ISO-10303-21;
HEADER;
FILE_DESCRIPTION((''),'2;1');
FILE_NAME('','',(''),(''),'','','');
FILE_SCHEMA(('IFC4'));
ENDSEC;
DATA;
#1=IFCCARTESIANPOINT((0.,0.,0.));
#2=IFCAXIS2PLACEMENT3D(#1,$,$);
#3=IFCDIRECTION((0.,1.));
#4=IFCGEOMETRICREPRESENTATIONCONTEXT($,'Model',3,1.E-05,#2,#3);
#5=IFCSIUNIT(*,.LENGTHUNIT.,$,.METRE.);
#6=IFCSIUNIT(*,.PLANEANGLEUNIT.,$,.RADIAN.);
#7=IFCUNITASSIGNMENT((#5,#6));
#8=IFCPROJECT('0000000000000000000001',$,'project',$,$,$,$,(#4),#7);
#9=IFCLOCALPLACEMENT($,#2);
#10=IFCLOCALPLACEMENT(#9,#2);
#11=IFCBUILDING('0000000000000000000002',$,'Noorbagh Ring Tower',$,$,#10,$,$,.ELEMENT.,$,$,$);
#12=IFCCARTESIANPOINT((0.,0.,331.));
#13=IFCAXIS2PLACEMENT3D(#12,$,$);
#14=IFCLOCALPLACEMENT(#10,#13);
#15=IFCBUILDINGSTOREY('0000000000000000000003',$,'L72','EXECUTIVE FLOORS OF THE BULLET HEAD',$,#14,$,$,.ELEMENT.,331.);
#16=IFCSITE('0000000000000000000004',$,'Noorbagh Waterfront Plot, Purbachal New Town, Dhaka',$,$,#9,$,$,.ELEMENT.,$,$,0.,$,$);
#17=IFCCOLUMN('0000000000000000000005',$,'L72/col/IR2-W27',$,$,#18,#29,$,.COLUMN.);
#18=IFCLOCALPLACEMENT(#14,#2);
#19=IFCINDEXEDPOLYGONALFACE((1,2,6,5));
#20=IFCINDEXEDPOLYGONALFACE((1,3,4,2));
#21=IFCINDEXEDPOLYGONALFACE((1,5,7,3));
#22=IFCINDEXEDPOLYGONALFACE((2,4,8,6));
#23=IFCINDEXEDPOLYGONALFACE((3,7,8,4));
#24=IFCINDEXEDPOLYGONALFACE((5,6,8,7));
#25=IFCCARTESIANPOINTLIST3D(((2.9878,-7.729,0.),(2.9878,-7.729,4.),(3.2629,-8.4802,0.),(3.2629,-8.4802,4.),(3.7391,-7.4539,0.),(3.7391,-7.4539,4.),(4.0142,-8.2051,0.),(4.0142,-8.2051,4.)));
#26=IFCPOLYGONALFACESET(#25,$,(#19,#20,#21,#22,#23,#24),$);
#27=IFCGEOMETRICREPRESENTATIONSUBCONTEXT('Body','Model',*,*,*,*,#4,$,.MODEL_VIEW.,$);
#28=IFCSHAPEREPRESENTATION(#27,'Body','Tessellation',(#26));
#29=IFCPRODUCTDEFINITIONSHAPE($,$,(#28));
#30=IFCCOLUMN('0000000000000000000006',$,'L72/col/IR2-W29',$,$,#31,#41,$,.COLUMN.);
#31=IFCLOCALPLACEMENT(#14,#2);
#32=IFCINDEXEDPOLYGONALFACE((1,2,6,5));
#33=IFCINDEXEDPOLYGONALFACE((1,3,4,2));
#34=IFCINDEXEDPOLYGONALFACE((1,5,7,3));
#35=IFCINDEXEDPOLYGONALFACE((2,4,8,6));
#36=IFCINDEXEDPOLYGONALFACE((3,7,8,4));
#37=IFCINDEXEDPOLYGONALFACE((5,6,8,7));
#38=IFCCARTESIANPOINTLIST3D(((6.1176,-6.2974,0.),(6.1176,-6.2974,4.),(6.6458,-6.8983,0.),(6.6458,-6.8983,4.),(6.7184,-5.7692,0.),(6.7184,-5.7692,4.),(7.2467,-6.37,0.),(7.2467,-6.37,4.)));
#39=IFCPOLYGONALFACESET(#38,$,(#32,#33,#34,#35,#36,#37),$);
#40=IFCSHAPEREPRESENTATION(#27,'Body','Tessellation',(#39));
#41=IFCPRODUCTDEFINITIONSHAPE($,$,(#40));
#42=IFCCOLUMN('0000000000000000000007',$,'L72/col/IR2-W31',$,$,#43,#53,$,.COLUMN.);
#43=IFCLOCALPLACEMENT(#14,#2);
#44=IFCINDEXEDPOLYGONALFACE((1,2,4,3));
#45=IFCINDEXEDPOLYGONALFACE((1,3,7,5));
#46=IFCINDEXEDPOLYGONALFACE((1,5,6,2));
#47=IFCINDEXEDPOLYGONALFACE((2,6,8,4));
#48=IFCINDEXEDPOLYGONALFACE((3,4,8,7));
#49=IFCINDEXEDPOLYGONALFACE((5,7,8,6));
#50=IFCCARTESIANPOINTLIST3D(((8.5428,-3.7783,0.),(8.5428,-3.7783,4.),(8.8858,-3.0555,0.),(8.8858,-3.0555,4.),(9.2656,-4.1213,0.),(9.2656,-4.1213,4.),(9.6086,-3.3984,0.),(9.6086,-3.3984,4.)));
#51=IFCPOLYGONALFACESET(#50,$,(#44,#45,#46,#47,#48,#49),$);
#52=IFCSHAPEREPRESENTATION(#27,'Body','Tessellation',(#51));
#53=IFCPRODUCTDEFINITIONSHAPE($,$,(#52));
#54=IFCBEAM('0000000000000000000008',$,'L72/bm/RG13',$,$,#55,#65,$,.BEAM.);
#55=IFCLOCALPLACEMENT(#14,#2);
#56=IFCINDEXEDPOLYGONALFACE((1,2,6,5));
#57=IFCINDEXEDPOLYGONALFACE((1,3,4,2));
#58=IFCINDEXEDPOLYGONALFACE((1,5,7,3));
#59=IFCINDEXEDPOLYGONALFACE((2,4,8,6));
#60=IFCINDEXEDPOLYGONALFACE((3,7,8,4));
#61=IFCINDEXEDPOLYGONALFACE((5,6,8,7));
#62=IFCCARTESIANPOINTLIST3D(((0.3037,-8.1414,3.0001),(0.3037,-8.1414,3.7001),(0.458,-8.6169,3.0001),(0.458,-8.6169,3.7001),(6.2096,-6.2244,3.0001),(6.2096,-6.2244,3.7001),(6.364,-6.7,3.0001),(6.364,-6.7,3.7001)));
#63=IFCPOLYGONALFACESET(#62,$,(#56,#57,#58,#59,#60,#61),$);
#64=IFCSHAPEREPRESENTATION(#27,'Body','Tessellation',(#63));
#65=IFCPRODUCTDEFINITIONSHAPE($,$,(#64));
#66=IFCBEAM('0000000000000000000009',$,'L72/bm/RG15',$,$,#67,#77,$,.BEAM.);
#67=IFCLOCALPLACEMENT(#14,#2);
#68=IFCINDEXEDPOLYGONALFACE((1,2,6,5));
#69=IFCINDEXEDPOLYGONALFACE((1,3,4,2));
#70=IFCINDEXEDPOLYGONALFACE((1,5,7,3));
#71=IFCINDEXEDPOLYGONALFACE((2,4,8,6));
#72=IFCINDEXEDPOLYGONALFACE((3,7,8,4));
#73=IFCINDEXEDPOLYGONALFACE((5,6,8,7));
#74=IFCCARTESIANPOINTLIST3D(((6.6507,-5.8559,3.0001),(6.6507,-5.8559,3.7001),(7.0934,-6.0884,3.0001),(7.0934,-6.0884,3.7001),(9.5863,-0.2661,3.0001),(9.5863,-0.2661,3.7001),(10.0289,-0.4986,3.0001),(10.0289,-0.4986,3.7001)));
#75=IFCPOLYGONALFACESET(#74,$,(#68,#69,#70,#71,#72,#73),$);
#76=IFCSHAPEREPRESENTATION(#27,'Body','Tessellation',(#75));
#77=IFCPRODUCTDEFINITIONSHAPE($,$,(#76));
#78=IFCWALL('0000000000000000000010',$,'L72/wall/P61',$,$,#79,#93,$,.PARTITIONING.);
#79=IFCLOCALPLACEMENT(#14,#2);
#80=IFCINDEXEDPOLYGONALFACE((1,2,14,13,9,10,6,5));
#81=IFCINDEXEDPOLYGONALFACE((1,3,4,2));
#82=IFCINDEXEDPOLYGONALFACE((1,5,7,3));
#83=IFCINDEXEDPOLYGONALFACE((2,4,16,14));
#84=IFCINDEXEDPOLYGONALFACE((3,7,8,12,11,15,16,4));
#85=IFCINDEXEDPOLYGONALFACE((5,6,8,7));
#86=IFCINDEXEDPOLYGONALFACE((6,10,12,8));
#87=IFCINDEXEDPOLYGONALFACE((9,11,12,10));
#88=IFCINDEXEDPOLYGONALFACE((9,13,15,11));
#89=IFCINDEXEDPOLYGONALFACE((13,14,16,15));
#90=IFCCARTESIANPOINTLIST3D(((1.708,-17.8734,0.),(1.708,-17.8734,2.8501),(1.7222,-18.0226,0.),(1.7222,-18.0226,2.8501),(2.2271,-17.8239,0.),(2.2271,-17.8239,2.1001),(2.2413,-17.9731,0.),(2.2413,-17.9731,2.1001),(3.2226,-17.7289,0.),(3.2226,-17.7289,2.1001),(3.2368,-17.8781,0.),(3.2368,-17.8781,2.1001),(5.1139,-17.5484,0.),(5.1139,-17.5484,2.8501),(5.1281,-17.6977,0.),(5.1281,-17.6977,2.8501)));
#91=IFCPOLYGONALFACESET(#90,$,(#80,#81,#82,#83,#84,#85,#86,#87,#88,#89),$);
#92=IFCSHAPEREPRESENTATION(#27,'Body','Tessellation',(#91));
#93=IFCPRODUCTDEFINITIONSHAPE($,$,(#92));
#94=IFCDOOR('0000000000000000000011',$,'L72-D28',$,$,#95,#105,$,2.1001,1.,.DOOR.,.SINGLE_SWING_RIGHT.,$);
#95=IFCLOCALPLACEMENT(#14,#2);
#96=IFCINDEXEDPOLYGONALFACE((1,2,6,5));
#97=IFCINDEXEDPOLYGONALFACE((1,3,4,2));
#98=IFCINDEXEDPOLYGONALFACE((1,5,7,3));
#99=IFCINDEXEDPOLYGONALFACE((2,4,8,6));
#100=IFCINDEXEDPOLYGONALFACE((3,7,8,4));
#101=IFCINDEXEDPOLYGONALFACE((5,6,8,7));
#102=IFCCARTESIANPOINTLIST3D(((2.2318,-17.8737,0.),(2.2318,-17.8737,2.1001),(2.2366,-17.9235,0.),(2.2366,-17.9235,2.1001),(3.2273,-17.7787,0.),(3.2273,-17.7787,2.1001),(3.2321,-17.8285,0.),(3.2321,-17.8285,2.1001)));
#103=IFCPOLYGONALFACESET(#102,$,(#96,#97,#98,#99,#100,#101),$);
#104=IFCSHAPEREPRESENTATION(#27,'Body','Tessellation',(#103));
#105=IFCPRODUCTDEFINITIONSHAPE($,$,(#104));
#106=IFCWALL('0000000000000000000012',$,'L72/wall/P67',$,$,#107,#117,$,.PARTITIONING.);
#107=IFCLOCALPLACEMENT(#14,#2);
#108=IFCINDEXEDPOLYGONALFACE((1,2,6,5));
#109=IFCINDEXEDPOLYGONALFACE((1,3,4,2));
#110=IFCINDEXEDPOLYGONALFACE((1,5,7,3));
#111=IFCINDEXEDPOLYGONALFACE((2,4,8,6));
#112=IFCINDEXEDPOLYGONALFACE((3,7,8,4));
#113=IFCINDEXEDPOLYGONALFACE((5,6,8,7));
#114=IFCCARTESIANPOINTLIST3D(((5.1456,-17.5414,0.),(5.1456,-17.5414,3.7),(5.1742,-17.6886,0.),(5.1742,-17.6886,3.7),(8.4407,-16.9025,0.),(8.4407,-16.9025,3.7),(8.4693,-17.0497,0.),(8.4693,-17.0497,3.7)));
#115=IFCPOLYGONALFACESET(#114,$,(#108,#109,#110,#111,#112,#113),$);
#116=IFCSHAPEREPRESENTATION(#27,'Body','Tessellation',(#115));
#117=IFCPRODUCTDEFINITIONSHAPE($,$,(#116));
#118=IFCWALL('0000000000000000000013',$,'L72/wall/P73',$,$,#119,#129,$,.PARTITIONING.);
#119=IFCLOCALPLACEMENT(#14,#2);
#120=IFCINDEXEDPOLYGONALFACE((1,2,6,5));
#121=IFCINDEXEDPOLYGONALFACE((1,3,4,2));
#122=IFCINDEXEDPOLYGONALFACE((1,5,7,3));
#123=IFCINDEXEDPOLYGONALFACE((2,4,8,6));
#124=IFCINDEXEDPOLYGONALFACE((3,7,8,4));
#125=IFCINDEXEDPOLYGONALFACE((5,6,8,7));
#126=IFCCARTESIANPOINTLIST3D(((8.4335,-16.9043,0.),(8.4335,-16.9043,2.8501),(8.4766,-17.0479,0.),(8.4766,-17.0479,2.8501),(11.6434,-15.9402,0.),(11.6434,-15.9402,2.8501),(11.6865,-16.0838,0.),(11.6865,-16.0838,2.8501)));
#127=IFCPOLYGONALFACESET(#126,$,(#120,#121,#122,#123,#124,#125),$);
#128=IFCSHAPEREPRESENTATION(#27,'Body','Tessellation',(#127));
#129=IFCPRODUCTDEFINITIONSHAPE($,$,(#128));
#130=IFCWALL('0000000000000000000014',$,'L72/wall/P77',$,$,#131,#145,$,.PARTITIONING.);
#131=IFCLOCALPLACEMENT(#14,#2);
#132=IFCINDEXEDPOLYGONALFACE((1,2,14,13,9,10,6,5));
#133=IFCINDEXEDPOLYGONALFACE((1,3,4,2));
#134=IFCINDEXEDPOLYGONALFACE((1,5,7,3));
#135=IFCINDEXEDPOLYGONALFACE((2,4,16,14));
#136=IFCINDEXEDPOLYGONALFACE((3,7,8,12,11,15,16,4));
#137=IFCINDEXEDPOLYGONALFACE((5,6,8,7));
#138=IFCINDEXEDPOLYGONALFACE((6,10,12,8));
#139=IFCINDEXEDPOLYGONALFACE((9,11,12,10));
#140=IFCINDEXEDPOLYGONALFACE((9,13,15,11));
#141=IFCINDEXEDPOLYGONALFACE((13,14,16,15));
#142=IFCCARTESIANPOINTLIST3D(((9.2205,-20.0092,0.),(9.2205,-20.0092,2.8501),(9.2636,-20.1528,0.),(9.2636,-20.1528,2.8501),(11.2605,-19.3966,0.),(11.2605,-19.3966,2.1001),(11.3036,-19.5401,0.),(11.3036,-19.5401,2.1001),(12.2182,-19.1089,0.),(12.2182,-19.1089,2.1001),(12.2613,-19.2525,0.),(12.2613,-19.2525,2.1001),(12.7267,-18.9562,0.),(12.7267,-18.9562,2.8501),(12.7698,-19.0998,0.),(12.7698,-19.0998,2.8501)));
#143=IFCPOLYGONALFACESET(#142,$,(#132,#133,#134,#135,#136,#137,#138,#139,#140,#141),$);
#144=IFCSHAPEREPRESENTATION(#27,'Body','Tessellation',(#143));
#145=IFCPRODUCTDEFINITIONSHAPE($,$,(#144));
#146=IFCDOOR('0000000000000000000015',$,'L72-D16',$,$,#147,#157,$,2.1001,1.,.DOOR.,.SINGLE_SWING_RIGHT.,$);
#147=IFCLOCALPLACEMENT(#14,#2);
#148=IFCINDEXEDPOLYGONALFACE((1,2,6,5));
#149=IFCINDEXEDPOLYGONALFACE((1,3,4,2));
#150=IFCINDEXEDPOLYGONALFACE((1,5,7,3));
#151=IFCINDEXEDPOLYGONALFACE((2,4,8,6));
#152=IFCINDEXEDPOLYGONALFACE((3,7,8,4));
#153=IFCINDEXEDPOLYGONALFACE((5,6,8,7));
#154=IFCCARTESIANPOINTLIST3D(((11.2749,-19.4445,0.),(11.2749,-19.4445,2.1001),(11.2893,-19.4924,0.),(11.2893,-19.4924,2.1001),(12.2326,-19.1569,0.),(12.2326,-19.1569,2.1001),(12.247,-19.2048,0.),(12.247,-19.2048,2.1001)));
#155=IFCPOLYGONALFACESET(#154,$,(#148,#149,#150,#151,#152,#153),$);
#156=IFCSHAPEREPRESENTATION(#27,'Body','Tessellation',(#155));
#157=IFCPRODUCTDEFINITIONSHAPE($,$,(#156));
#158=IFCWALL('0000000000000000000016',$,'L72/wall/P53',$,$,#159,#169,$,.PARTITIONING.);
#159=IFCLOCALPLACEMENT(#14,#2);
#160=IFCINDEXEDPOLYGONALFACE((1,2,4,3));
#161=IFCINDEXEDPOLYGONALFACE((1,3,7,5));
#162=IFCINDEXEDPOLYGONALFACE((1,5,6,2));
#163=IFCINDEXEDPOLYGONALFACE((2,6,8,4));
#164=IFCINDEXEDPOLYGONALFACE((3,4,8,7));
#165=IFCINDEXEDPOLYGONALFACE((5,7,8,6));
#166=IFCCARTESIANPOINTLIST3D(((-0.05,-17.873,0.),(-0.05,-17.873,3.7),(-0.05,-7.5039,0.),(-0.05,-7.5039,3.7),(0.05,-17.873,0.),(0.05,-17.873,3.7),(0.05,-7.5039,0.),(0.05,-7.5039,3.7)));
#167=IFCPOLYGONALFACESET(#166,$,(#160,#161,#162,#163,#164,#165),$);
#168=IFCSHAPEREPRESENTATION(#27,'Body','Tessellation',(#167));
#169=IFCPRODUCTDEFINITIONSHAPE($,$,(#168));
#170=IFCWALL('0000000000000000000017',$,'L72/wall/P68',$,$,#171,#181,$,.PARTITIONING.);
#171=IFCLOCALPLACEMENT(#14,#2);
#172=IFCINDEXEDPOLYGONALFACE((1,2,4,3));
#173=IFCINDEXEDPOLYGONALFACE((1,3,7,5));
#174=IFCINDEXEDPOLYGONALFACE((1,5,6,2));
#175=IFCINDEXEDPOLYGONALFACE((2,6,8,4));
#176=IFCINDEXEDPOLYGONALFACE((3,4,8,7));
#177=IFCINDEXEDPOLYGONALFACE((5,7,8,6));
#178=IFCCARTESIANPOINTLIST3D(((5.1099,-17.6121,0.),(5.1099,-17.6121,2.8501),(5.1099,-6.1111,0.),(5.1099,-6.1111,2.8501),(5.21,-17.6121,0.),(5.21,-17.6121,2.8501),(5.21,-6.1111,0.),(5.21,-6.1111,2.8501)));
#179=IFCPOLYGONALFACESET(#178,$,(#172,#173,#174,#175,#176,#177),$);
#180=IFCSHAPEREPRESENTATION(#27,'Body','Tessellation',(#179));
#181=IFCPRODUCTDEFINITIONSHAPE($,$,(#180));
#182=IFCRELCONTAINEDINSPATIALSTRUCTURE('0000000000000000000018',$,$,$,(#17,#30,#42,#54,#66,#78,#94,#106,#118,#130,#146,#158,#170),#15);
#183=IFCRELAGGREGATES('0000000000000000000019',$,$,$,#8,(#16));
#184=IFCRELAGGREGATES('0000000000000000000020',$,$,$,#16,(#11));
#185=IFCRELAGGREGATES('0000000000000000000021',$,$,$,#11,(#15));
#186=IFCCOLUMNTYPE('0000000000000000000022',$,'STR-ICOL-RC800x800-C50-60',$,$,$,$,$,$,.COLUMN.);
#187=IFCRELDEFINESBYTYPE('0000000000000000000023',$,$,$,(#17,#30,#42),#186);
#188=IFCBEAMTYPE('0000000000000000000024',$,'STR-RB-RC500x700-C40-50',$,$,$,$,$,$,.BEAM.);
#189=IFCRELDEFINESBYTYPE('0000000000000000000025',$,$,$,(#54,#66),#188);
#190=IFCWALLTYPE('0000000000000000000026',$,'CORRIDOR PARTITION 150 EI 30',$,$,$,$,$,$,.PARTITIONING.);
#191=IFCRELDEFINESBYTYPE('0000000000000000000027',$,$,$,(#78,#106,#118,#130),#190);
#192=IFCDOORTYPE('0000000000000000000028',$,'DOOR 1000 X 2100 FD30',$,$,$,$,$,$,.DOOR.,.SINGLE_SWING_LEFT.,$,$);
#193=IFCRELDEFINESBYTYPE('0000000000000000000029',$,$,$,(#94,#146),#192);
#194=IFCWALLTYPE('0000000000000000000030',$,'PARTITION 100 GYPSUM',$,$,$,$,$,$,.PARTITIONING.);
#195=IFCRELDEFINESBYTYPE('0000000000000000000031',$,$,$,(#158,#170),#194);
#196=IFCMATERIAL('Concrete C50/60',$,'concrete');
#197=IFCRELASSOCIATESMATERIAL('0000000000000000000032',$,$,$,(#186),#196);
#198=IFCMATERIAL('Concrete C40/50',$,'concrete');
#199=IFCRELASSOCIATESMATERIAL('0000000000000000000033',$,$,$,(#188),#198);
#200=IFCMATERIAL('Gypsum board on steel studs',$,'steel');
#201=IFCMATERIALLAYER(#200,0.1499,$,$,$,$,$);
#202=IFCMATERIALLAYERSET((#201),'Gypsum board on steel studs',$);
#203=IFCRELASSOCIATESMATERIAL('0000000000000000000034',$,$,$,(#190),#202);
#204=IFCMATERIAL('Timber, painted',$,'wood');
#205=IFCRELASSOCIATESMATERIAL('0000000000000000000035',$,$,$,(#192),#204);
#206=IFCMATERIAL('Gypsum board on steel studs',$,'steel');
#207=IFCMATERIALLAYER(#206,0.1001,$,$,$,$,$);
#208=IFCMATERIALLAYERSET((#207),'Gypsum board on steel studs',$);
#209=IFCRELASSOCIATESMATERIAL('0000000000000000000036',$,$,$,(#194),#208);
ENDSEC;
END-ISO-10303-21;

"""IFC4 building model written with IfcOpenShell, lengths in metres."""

from ifc_helpers import new_model, si_unit, direction, frame, frame_2d, origin, origin_2d, place, context, subcontext, project, spatial, rectangle, extrude, material, layer, layer_set, material_profile, profile_set, type_object, element, fill, save


model = new_model("IFC4")

# Units and contexts
model_context = context("Model", 3, precision=1e-05, world=origin(), true_north=direction((0.0, 1.0)))
body_context = subcontext(model_context, "Body", "Model", "MODEL_VIEW")
ifc_project = project(units=[si_unit("LENGTHUNIT", "METRE"), si_unit("PLANEANGLEUNIT", "RADIAN")], contexts=[model_context])

# Site, building, storey
site_placement = place(None, origin())
site = spatial("IfcSite", under=ifc_project, at=site_placement, Name="Noorbagh Waterfront Plot, Purbachal New Town, Dhaka", CompositionType="ELEMENT", RefElevation=0.0)
building_placement = place(site_placement, origin())
building = spatial("IfcBuilding", under=site, at=building_placement, Name="Noorbagh Ring Tower", CompositionType="ELEMENT")
storey_placement = place(building_placement, frame((0.0, 0.0, 331.0)))
storey = spatial("IfcBuildingStorey", under=building, at=storey_placement, Name="L72", Description="EXECUTIVE FLOORS OF THE BULLET HEAD", CompositionType="ELEMENT", Elevation=331.0)

# Columns
ifc_material_1 = material(Name="Concrete C50/60", Category="concrete")
ifc_material_profile_1 = material_profile(ifc_material_1, rectangle(XDim=0.8, YDim=0.8, at=origin_2d()), Name="RC800x800")
ifc_profile_set_1 = profile_set([ifc_material_profile_1], Name="Concrete C50/60")
column_type = type_object("IfcColumnType", Name="STR-ICOL-RC800x800-C50-60", PredefinedType="COLUMN", material=ifc_profile_set_1)
for number, where, z_axis, x_axis, name in (
    (1, (3.501, -7.967, 0.0), (0.0, 0.0, 1.0), (0.93902, 0.343864, 0.0), "L72/col/IR2-W27"),
    (2, (6.6821, -6.3337, 0.0), (0.0, 0.0, 1.0), (0.751022, 0.660277, 0.0), "L72/col/IR2-W29"),
    (3, (9.0757, -3.5884, 0.0), (0.0, 0.0, 1.0), (0.428667, 0.903463, 0.0), "L72/col/IR2-W31"),
):
    element("IfcColumn", number, at=place(storey_placement, frame(where, z_axis=z_axis, x_axis=x_axis)), inside=storey, type_object=column_type, Name=name, PredefinedType="COLUMN", context=body_context, shape_type="SweptSolid", body=[
        extrude(rectangle(XDim=0.8, YDim=0.8, at=origin_2d()), origin(), (0.0, 0.0, 1.0), 4.0),
    ])

# Beams
ifc_material_2 = material(Name="Concrete C40/50", Category="concrete")
ifc_material_profile_2 = material_profile(ifc_material_2, rectangle(XDim=0.5, YDim=0.7, at=origin_2d()), Name="RC500x700")
ifc_profile_set_2 = profile_set([ifc_material_profile_2], Name="Concrete C40/50")
beam_type = type_object("IfcBeamType", Name="STR-RB-RC500x700-C40-50", PredefinedType="BEAM", material=ifc_profile_set_2)
beam_1_placement = place(storey_placement, frame((0.3809, -8.3792, 3.3501), z_axis=(0.95115, 0.308728, 0.0), x_axis=(-0.308728, 0.95115, 0.0)))
element("IfcBeam", 4, at=beam_1_placement, inside=storey, type_object=beam_type, Name="L72/bm/RG13", PredefinedType="BEAM", context=body_context, shape_type="SweptSolid", body=[
    extrude(rectangle(XDim=0.5, YDim=0.7, at=origin_2d()), origin(), (0.0, 0.0, 1.0), 6.2092),
])
beam_2_placement = place(storey_placement, frame((6.8721, -5.9722, 3.3501), z_axis=(0.464943, 0.885341, 0.0), x_axis=(-0.885341, 0.464943, 0.0)))
element("IfcBeam", 5, at=beam_2_placement, inside=storey, type_object=beam_type, Name="L72/bm/RG15", PredefinedType="BEAM", context=body_context, shape_type="SweptSolid", body=[
    extrude(rectangle(XDim=0.5, YDim=0.7, at=origin_2d()), origin(), (0.0, 0.0, 1.0), 6.3137),
])

# Wall, opening, door
ifc_material_3 = material(Name="Gypsum board on steel studs", Category="steel")
ifc_layer_1 = layer(ifc_material_3, 0.1499)
ifc_layer_set_1 = layer_set([ifc_layer_1], Name="Gypsum board on steel studs")
wall_type_1 = type_object("IfcWallType", Name="CORRIDOR PARTITION 150 EI 30", PredefinedType="PARTITIONING", material=ifc_layer_set_1)
wall_1_placement = place(storey_placement, frame((1.7151, -17.948, 0.0), z_axis=(0.0, 0.0, 1.0), x_axis=(0.99548, 0.094974, 0.0)))
wall_1 = element("IfcWall", 6, at=wall_1_placement, inside=storey, type_object=wall_type_1, Name="L72/wall/P61", PredefinedType="PARTITIONING", context=body_context, shape_type="SweptSolid", body=[
    extrude(rectangle(XDim=3.4214, YDim=0.1499, at=frame_2d((1.7107, 0.0))), origin(), (0.0, 0.0, 1.0), 2.8501),
])
opening_1_placement = place(wall_1_placement, frame((0.5215, 0.0, 0.0)))
opening_1 = element("IfcOpeningElement", 7, at=opening_1_placement, cuts=wall_1, PredefinedType="OPENING", context=body_context, shape_type="SweptSolid", body=[
    extrude(rectangle(XDim=1.0, YDim=2.1001, at=frame_2d((0.5, 1.05))), frame((0.0, 0.085, 0.0), z_axis=(0.0, -1.0, 0.0), x_axis=(1.0, 0.0, 0.0)), (0.0, 0.0, 1.0), 0.1699),
])
ifc_material_4 = material(Name="Timber, painted", Category="wood")
door_type = type_object("IfcDoorType", Name="DOOR 1000 X 2100 FD30", OperationType="SINGLE_SWING_LEFT", PredefinedType="DOOR", material=ifc_material_4)
door_1_placement = place(opening_1_placement, origin())
door_1 = element("IfcDoor", 8, at=door_1_placement, inside=storey, type_object=door_type, Name="L72-D28", OperationType="SINGLE_SWING_RIGHT", OverallHeight=2.1001, OverallWidth=1.0, PredefinedType="DOOR", context=body_context, shape_type="SweptSolid", body=[
    extrude(rectangle(XDim=1.0, YDim=2.1001, at=frame_2d((0.5, 1.05))), frame((0.0, 0.0249, 0.0), z_axis=(0.0, -1.0, 0.0), x_axis=(1.0, 0.0, 0.0)), (0.0, 0.0, 1.0), 0.05),
])
fill(opening_1, door_1)

# Walls
wall_2_placement = place(storey_placement, frame((5.1599, -17.615, 0.0), z_axis=(0.0, 0.0, 1.0), x_axis=(0.981716, 0.19035, 0.0)))
element("IfcWall", 9, at=wall_2_placement, inside=storey, type_object=wall_type_1, Name="L72/wall/P67", PredefinedType="PARTITIONING", context=body_context, shape_type="SweptSolid", body=[
    extrude(rectangle(XDim=3.3564, YDim=0.1499, at=frame_2d((1.6782, 0.0))), origin(), (0.0, 0.0, 1.0), 3.7),
])
wall_3_placement = place(storey_placement, frame((8.4551, -16.9761, 0.0), z_axis=(0.0, 0.0, 1.0), x_axis=(0.957734, 0.287655, 0.0)))
element("IfcWall", 10, at=wall_3_placement, inside=storey, type_object=wall_type_1, Name="L72/wall/P73", PredefinedType="PARTITIONING", context=body_context, shape_type="SweptSolid", body=[
    extrude(rectangle(XDim=3.3516, YDim=0.1499, at=frame_2d((1.6758, 0.0))), origin(), (0.0, 0.0, 1.0), 2.8501),
])

# Wall, opening, door
wall_4_placement = place(storey_placement, frame((9.2419, -20.0811, 0.0), z_axis=(0.0, 0.0, 1.0), x_axis=(0.95774, 0.287635, 0.0)))
wall_4 = element("IfcWall", 11, at=wall_4_placement, inside=storey, type_object=wall_type_1, Name="L72/wall/P77", PredefinedType="PARTITIONING", context=body_context, shape_type="SweptSolid", body=[
    extrude(rectangle(XDim=3.6609, YDim=0.1499, at=frame_2d((1.8306, 0.0))), origin(), (0.0, 0.0, 1.0), 2.8501),
])
opening_2_placement = place(wall_4_placement, frame((2.1301, 0.0, 0.0)))
opening_2 = element("IfcOpeningElement", 12, at=opening_2_placement, cuts=wall_4, PredefinedType="OPENING", context=body_context, shape_type="SweptSolid", body=[
    extrude(rectangle(XDim=1.0, YDim=2.1001, at=frame_2d((0.5, 1.05))), frame((0.0, 0.085, 0.0), z_axis=(0.0, -1.0, 0.0), x_axis=(1.0, 0.0, 0.0)), (0.0, 0.0, 1.0), 0.1699),
])
door_2_placement = place(opening_2_placement, origin())
door_2 = element("IfcDoor", 13, at=door_2_placement, inside=storey, type_object=door_type, Name="L72-D16", OperationType="SINGLE_SWING_RIGHT", OverallHeight=2.1001, OverallWidth=1.0, PredefinedType="DOOR", context=body_context, shape_type="SweptSolid", body=[
    extrude(rectangle(XDim=1.0, YDim=2.1001, at=frame_2d((0.5, 1.05))), frame((0.0, 0.0249, 0.0), z_axis=(0.0, -1.0, 0.0), x_axis=(1.0, 0.0, 0.0)), (0.0, 0.0, 1.0), 0.05),
])
fill(opening_2, door_2)

# Walls
ifc_material_5 = material(Name="Gypsum board on steel studs", Category="steel")
ifc_layer_2 = layer(ifc_material_5, 0.1001)
ifc_layer_set_2 = layer_set([ifc_layer_2], Name="Gypsum board on steel studs")
wall_type_2 = type_object("IfcWallType", Name="PARTITION 100 GYPSUM", PredefinedType="PARTITIONING", material=ifc_layer_set_2)
wall_5_placement = place(storey_placement, frame((0.0, -17.873, 0.0), z_axis=(0.0, 0.0, 1.0), x_axis=(0.0, 1.0, 0.0)))
element("IfcWall", 14, at=wall_5_placement, inside=storey, type_object=wall_type_2, Name="L72/wall/P53", PredefinedType="PARTITIONING", context=body_context, shape_type="SweptSolid", body=[
    extrude(rectangle(XDim=10.3691, YDim=0.1001, at=frame_2d((5.1846, 0.0))), origin(), (0.0, 0.0, 1.0), 3.7),
])
wall_6_placement = place(storey_placement, frame((5.1599, -17.6121, 0.0), z_axis=(0.0, 0.0, 1.0), x_axis=(0.0, 1.0, 0.0)))
element("IfcWall", 15, at=wall_6_placement, inside=storey, type_object=wall_type_2, Name="L72/wall/P68", PredefinedType="PARTITIONING", context=body_context, shape_type="SweptSolid", body=[
    extrude(rectangle(XDim=11.501, YDim=0.1001, at=frame_2d((5.7505, 0.0))), origin(), (0.0, 0.0, 1.0), 2.8501),
])

save(model, "model.ifc")
